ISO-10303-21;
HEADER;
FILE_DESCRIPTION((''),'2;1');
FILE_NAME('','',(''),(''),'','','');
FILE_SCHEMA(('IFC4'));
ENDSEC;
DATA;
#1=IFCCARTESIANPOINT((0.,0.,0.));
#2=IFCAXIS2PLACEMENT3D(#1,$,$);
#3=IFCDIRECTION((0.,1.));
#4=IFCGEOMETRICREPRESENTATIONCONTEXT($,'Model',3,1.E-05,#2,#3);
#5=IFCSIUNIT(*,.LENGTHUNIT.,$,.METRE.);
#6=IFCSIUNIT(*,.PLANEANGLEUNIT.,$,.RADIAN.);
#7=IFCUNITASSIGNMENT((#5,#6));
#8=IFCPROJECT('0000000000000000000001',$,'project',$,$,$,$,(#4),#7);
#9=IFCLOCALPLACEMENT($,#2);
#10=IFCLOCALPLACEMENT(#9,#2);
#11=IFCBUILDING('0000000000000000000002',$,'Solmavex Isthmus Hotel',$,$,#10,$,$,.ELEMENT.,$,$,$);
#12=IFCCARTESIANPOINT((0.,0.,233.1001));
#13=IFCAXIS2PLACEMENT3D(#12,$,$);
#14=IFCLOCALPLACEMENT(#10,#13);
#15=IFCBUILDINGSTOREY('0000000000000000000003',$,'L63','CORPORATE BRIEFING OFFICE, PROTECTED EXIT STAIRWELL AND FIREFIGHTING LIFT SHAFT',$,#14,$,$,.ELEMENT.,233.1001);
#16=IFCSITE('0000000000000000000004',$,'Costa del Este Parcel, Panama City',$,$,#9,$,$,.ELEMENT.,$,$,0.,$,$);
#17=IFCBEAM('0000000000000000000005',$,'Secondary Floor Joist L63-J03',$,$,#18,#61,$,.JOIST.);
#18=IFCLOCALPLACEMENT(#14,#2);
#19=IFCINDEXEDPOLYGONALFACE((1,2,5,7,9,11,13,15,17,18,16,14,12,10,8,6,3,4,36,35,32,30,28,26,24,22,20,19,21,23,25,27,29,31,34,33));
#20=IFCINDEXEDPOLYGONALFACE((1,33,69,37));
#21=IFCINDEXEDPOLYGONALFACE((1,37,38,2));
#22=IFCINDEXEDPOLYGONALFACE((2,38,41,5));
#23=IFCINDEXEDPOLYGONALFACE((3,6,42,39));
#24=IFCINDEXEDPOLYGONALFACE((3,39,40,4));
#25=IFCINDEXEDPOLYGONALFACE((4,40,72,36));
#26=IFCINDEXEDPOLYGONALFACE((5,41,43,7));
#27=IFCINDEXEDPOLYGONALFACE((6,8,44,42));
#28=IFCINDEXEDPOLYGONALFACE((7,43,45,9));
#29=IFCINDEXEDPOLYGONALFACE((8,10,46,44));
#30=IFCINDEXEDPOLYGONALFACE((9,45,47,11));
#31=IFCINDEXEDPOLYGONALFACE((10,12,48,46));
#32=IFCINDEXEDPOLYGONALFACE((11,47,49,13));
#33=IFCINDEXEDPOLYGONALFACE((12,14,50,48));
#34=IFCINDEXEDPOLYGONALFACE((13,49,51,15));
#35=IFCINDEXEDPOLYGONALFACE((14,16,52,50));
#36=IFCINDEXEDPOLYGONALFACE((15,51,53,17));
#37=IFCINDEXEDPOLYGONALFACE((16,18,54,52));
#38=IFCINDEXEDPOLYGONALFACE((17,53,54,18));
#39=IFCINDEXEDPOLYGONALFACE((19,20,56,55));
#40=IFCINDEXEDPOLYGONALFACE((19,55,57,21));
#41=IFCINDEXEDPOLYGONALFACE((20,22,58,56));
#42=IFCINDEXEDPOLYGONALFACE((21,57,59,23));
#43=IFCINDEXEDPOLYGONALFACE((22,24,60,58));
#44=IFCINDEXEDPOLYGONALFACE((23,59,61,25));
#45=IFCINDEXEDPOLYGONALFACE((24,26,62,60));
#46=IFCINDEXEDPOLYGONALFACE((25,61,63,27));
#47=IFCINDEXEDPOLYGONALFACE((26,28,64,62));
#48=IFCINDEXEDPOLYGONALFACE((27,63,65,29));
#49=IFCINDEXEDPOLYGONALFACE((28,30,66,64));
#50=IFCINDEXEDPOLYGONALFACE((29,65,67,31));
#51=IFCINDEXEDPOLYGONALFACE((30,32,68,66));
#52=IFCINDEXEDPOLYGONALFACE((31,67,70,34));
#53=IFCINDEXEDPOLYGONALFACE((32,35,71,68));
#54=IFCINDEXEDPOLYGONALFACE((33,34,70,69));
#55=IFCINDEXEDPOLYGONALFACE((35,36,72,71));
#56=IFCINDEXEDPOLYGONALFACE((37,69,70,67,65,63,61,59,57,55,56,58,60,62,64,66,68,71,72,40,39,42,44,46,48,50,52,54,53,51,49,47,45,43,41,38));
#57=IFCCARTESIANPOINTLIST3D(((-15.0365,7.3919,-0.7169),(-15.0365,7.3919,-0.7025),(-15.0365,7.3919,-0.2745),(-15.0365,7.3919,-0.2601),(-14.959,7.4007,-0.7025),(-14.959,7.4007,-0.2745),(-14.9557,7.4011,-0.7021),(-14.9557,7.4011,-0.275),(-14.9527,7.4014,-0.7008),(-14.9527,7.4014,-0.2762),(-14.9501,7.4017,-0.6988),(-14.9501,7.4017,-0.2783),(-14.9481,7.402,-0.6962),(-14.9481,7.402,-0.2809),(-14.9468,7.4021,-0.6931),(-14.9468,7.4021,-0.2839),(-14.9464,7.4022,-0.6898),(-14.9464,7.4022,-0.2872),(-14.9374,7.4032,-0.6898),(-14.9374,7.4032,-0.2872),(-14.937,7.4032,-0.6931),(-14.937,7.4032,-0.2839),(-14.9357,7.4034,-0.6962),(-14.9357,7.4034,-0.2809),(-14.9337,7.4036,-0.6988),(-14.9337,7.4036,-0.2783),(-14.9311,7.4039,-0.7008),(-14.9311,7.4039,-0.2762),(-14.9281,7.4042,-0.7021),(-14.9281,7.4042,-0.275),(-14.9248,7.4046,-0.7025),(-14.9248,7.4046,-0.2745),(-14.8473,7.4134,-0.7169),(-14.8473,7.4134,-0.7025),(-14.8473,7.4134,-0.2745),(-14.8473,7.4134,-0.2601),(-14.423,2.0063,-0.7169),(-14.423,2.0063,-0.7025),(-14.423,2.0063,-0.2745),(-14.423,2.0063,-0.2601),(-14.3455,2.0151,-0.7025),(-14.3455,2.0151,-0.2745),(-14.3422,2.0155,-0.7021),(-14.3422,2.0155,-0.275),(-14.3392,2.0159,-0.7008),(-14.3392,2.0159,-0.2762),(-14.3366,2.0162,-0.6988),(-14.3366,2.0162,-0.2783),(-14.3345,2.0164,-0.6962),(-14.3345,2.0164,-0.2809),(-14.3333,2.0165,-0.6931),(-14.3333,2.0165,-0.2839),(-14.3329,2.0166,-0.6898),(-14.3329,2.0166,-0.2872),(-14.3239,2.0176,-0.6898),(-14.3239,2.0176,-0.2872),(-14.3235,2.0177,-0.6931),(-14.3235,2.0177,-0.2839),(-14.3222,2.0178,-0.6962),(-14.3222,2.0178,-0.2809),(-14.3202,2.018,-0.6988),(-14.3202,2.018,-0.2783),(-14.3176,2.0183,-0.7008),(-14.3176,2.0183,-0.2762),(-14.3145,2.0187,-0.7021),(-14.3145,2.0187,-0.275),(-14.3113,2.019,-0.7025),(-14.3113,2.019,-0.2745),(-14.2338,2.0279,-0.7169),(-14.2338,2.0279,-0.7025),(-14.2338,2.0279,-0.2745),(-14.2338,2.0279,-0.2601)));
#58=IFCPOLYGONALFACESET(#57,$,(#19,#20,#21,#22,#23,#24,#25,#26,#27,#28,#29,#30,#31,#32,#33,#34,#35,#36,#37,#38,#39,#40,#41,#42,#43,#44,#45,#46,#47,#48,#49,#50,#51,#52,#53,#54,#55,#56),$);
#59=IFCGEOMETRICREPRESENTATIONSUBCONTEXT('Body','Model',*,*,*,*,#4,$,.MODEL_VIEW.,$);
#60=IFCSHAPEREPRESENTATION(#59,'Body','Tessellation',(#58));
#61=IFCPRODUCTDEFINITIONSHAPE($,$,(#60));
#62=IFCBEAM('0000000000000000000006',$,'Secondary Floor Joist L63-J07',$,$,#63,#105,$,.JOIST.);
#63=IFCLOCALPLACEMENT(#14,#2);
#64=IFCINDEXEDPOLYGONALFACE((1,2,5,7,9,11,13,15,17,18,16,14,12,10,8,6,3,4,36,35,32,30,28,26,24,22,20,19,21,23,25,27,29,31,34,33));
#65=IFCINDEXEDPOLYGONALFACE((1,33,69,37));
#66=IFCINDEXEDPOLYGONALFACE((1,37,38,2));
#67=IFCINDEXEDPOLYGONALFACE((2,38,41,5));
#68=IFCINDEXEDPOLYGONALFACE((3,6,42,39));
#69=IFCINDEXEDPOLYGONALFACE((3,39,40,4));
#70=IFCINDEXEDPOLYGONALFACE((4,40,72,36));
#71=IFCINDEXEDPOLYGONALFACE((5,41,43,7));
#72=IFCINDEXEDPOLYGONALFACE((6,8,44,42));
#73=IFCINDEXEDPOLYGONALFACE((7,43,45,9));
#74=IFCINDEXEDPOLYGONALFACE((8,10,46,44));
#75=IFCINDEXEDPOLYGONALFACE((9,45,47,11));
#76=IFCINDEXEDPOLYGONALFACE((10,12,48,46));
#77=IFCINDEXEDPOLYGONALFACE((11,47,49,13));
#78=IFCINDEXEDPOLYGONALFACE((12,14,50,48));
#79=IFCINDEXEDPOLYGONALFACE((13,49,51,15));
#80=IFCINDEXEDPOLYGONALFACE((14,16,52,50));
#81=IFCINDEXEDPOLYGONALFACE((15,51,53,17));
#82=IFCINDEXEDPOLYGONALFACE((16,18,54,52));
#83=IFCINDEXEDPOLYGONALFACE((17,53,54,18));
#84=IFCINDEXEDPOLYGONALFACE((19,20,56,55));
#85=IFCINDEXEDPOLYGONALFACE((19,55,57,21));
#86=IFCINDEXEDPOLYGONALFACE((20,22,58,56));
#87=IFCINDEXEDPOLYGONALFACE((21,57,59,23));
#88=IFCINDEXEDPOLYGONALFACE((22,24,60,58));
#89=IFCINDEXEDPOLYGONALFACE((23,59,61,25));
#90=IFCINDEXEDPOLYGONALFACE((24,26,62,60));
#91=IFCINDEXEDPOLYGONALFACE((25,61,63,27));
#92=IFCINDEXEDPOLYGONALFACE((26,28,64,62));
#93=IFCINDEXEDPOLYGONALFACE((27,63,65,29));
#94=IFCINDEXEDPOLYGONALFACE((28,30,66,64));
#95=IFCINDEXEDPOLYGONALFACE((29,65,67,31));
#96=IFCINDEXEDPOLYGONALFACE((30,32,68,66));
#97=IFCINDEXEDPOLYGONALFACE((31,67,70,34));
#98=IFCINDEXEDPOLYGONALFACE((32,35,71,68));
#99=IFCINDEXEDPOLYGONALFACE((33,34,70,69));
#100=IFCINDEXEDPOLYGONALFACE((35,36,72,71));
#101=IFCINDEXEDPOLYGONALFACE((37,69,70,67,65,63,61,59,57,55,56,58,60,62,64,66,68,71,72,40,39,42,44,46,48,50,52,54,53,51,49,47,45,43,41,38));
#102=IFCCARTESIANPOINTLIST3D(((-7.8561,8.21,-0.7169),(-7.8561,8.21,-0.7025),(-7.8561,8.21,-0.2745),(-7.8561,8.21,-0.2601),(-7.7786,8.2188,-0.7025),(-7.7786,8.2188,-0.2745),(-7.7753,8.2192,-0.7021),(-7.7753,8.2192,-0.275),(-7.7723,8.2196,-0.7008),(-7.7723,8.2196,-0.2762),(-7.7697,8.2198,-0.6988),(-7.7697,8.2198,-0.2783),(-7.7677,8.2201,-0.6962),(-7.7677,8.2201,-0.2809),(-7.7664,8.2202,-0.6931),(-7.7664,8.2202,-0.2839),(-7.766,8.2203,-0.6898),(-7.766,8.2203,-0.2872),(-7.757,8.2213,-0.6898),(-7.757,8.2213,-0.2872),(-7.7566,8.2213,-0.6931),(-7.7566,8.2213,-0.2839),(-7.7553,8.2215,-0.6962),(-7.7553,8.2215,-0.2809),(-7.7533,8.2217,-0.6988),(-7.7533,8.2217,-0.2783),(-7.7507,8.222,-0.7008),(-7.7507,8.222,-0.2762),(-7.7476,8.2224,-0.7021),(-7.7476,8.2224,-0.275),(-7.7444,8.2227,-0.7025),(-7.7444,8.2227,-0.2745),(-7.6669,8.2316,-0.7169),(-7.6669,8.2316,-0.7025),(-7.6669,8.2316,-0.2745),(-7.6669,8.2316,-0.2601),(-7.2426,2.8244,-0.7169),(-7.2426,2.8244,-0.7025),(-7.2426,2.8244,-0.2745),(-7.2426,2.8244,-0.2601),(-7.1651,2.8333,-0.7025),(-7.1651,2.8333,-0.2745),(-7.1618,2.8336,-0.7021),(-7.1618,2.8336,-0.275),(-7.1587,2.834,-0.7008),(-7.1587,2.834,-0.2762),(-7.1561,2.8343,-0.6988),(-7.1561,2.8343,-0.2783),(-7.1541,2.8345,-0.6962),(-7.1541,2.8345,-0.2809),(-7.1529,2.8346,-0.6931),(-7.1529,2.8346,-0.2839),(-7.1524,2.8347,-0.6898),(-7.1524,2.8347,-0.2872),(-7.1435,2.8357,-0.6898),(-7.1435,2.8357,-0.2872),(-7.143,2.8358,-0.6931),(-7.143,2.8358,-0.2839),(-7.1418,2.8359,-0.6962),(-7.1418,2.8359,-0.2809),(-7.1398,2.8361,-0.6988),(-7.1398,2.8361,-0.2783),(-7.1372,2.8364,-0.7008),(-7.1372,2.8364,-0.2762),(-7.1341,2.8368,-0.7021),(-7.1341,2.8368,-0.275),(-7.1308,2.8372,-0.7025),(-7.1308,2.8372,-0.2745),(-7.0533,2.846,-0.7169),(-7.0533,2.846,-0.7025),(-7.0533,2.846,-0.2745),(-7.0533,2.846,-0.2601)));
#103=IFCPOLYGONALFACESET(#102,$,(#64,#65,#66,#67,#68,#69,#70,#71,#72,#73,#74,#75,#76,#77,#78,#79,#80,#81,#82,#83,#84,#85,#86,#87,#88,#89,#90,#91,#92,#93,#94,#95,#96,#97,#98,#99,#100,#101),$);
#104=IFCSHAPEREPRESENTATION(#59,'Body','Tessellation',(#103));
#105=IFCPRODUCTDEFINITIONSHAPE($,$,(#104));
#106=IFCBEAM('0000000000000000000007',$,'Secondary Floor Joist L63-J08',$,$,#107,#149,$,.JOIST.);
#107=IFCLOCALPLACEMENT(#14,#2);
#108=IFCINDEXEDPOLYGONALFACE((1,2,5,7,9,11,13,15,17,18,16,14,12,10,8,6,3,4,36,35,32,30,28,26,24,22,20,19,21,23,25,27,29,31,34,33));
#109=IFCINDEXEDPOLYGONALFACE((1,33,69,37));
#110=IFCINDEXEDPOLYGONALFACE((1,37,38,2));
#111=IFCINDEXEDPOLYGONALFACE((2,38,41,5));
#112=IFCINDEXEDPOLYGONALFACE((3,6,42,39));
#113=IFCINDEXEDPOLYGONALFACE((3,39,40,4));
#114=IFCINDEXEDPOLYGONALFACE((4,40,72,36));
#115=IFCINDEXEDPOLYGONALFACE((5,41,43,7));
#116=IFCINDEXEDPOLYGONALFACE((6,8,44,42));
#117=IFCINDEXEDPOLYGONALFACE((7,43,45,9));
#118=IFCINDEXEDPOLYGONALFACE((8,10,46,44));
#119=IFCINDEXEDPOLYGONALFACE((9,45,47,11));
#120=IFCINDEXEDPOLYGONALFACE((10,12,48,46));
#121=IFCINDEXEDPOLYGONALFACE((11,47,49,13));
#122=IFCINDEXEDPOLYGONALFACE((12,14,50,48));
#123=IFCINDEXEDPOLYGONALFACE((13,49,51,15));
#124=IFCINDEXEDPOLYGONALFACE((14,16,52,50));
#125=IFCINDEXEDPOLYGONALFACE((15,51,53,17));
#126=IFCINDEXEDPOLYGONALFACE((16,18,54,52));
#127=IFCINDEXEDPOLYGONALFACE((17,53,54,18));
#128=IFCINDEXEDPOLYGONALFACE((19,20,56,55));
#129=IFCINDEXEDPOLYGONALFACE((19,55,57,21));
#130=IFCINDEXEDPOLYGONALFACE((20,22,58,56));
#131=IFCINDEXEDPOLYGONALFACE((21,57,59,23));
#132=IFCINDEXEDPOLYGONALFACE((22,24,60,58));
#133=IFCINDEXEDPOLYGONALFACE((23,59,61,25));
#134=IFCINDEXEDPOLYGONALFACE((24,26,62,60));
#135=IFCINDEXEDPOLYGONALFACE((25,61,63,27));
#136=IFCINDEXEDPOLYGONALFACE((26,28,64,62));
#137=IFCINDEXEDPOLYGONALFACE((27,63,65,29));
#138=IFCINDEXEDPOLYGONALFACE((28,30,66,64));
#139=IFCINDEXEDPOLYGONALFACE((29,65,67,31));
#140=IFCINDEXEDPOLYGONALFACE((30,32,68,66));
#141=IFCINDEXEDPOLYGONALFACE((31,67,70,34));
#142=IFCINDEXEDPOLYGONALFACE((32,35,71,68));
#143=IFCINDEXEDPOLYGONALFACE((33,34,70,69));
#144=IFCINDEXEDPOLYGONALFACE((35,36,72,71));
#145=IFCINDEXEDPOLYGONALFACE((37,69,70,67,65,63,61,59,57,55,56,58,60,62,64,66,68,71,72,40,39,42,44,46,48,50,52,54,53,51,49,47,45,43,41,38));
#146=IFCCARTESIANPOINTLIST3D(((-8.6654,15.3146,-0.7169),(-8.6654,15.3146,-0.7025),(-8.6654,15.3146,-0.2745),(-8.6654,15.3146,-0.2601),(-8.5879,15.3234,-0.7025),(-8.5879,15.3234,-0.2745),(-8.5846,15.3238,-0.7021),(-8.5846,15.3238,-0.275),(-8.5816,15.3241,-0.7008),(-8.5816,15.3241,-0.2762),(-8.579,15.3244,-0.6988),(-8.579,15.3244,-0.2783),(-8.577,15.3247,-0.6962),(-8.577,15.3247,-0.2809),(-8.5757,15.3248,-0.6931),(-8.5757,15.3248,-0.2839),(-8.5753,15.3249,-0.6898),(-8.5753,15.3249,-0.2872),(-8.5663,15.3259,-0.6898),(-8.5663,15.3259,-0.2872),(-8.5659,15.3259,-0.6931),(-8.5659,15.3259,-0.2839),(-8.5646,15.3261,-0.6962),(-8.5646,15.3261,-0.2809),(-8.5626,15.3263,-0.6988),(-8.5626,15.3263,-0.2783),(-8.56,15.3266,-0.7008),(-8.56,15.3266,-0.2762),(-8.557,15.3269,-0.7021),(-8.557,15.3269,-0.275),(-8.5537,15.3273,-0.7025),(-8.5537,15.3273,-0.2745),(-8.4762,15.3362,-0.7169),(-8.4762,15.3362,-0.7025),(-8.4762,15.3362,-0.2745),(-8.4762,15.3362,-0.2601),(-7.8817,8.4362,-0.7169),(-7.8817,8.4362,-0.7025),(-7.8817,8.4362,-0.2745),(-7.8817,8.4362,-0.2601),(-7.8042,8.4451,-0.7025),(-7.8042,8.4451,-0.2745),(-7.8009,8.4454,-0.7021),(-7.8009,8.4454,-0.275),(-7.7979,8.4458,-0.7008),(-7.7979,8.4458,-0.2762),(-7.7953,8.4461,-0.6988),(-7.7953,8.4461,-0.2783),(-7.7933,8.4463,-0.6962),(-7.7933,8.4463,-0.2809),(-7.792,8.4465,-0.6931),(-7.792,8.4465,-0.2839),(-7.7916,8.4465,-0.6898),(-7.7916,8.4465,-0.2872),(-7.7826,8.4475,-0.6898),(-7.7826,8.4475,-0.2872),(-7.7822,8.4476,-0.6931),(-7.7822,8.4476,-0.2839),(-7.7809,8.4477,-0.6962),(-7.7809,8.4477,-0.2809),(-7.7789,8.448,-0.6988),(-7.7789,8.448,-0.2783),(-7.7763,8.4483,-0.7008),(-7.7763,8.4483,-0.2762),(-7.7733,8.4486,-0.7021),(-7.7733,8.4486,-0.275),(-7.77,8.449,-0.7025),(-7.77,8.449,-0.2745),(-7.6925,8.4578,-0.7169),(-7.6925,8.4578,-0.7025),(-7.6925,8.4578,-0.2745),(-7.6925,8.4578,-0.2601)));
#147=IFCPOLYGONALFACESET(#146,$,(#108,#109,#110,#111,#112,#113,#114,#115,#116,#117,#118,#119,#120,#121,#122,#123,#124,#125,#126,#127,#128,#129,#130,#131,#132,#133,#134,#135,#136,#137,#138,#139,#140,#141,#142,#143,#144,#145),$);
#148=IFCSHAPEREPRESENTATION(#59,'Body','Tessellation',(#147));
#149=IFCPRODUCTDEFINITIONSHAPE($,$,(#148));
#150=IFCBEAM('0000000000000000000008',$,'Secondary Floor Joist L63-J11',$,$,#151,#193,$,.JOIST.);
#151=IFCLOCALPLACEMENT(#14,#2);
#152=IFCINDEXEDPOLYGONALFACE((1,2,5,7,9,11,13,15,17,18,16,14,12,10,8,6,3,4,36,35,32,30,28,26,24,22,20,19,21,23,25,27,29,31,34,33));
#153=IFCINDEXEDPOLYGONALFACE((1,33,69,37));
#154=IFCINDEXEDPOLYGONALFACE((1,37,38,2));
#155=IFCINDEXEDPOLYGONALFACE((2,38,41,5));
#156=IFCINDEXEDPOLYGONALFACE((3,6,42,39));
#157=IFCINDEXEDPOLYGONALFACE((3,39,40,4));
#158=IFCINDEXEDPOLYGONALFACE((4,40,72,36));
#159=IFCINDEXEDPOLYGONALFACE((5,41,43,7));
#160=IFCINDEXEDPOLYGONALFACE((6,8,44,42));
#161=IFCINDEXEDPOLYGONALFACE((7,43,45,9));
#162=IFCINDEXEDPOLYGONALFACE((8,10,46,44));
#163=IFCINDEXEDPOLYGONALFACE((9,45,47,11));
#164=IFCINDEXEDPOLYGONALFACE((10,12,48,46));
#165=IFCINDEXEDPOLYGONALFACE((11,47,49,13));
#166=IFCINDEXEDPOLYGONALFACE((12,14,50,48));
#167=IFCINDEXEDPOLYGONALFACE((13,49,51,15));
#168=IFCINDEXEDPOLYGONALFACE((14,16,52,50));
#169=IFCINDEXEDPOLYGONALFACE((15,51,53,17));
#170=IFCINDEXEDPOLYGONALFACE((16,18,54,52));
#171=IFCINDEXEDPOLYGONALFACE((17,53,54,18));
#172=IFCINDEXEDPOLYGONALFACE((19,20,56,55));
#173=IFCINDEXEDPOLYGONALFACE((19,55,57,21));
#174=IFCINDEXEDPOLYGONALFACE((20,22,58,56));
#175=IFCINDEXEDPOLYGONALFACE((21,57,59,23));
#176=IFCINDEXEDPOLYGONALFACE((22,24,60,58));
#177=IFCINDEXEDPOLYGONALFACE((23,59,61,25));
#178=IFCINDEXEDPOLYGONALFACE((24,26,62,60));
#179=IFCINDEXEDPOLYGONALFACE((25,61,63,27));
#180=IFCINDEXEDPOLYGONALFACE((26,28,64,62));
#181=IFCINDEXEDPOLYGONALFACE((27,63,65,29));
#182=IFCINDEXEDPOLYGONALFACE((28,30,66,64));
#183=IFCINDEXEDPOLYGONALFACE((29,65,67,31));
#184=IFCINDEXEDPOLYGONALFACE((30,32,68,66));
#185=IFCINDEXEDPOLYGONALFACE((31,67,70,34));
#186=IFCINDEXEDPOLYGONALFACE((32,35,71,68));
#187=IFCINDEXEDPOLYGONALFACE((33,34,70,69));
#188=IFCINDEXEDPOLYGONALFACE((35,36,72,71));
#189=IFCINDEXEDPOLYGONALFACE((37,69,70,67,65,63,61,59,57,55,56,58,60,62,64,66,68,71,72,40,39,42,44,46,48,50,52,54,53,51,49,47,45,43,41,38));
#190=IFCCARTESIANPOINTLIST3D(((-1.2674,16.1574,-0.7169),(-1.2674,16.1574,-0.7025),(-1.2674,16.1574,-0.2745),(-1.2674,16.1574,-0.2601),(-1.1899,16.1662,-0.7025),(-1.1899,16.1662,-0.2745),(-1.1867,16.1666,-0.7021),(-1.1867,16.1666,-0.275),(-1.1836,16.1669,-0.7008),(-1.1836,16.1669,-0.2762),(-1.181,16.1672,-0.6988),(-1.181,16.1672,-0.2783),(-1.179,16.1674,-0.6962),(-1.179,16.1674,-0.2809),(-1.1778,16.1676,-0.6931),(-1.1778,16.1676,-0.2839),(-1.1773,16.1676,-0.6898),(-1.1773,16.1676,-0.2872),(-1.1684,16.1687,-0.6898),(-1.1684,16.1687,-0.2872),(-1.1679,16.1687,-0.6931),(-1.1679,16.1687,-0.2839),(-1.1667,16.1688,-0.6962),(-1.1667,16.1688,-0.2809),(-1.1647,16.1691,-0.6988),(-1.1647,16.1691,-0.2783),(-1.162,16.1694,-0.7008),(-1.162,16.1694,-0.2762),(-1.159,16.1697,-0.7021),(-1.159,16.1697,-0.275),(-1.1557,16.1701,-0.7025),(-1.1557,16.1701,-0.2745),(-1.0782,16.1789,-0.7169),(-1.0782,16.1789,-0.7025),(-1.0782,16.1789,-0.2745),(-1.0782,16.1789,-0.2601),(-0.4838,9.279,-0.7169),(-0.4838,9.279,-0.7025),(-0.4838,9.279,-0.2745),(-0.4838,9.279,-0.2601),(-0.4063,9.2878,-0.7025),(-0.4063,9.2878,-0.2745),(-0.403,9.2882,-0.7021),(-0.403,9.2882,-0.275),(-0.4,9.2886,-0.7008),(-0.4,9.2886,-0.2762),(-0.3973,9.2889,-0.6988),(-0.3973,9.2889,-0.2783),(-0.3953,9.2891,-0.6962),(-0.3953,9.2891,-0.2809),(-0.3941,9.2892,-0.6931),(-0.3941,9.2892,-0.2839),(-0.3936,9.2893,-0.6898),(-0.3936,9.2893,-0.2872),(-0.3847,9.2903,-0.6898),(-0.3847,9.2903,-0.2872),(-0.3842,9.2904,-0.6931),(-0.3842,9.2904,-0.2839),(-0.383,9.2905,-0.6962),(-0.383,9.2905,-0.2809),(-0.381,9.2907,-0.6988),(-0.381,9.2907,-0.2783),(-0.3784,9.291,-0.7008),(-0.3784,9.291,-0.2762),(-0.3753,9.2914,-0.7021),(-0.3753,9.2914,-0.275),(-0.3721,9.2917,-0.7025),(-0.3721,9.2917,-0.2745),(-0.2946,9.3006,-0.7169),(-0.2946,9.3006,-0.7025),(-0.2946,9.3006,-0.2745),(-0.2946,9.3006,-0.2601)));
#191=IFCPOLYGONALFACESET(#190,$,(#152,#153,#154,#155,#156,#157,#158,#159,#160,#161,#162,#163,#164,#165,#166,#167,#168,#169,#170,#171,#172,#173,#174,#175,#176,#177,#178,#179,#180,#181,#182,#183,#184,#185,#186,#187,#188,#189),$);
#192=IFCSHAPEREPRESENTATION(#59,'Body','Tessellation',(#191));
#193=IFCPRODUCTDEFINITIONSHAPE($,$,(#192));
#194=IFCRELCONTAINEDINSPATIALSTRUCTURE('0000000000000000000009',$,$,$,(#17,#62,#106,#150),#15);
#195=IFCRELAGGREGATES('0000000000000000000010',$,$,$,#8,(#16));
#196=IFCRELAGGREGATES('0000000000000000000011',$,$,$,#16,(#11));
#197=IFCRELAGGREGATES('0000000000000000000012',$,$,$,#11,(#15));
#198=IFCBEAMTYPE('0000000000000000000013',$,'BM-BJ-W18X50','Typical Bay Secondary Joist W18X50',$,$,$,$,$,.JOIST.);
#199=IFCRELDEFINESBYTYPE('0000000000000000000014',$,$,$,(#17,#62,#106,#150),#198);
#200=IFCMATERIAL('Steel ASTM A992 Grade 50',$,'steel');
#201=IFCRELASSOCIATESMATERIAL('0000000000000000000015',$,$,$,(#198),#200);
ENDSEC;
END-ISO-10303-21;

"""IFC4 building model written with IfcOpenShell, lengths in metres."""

from ifc_helpers import new_model, si_unit, direction, frame, origin, origin_2d, place, context, subcontext, project, spatial, i_section, extrude, material, material_profile, profile_set, type_object, element, save


model = new_model("IFC4")

# Units and contexts
model_context = context("Model", 3, precision=1e-05, world=origin(), true_north=direction((0.0, 1.0)))
body_context = subcontext(model_context, "Body", "Model", "MODEL_VIEW")
ifc_project = project(units=[si_unit("LENGTHUNIT", "METRE"), si_unit("PLANEANGLEUNIT", "RADIAN")], contexts=[model_context])

# Site, building, storey
site_placement = place(None, origin())
site = spatial("IfcSite", under=ifc_project, at=site_placement, Name="Costa del Este Parcel, Panama City", CompositionType="ELEMENT", RefElevation=0.0)
building_placement = place(site_placement, origin())
building = spatial("IfcBuilding", under=site, at=building_placement, Name="Solmavex Isthmus Hotel", CompositionType="ELEMENT")
storey_placement = place(building_placement, frame((0.0, 0.0, 233.1001)))
storey = spatial("IfcBuildingStorey", under=building, at=storey_placement, Name="L63", Description="CORPORATE BRIEFING OFFICE, PROTECTED EXIT STAIRWELL AND FIREFIGHTING LIFT SHAFT", CompositionType="ELEMENT", Elevation=233.1001)

# Beams
ifc_material_1 = material(Name="Steel ASTM A992 Grade 50", Category="steel")
ifc_material_profile_1 = material_profile(ifc_material_1, i_section(OverallWidth=0.1904, OverallDepth=0.4568, WebThickness=0.009, FlangeThickness=0.0144, FilletRadius=0.0127, at=origin_2d()), Name="W18X50")
ifc_profile_set_1 = profile_set([ifc_material_profile_1], Name="Steel ASTM A992 Grade 50")
beam_type_1 = type_object("IfcBeamType", Name="BM-BJ-W18X50", Description="Typical Bay Secondary Joist W18X50", PredefinedType="JOIST", material=ifc_profile_set_1)
for number, where, z_axis, x_axis, name in (
    (1, (-14.3284, 2.0171, -0.4885), (-0.11319, 0.993573, 0.0), (-0.993573, -0.11319, 0.0), "Secondary Floor Joist L63-J03"),
    (2, (-7.1479, 2.8352, -0.4885), (-0.11319, 0.993573, 0.0), (-0.993573, -0.11319, 0.0), "Secondary Floor Joist L63-J07"),
):
    element("IfcBeam", number, at=place(storey_placement, frame(where, z_axis=z_axis, x_axis=x_axis)), inside=storey, type_object=beam_type_1, Name=name, PredefinedType="JOIST", context=body_context, shape_type="SweptSolid", body=[
        extrude(i_section(OverallWidth=0.1904, OverallDepth=0.4568, WebThickness=0.009, FlangeThickness=0.0144, FilletRadius=0.0127, at=origin_2d()), origin(), (0.0, 0.0, 1.0), 5.4204),
    ])
for number, where, z_axis, x_axis, name in (
    (3, (-7.7871, 8.447, -0.4885), (-0.113202, 0.993572, 0.0), (-0.993572, -0.113202, 0.0), "Secondary Floor Joist L63-J08"),
    (4, (-0.3892, 9.2898, -0.4885), (-0.113202, 0.993572, 0.0), (-0.993572, -0.113202, 0.0), "Secondary Floor Joist L63-J11"),
):
    element("IfcBeam", number, at=place(storey_placement, frame(where, z_axis=z_axis, x_axis=x_axis)), inside=storey, type_object=beam_type_1, Name=name, PredefinedType="JOIST", context=body_context, shape_type="SweptSolid", body=[
        extrude(i_section(OverallWidth=0.1904, OverallDepth=0.4568, WebThickness=0.009, FlangeThickness=0.0144, FilletRadius=0.0127, at=origin_2d()), origin(), (0.0, 0.0, 1.0), 6.9229),
    ])

save(model, "model.ifc")
